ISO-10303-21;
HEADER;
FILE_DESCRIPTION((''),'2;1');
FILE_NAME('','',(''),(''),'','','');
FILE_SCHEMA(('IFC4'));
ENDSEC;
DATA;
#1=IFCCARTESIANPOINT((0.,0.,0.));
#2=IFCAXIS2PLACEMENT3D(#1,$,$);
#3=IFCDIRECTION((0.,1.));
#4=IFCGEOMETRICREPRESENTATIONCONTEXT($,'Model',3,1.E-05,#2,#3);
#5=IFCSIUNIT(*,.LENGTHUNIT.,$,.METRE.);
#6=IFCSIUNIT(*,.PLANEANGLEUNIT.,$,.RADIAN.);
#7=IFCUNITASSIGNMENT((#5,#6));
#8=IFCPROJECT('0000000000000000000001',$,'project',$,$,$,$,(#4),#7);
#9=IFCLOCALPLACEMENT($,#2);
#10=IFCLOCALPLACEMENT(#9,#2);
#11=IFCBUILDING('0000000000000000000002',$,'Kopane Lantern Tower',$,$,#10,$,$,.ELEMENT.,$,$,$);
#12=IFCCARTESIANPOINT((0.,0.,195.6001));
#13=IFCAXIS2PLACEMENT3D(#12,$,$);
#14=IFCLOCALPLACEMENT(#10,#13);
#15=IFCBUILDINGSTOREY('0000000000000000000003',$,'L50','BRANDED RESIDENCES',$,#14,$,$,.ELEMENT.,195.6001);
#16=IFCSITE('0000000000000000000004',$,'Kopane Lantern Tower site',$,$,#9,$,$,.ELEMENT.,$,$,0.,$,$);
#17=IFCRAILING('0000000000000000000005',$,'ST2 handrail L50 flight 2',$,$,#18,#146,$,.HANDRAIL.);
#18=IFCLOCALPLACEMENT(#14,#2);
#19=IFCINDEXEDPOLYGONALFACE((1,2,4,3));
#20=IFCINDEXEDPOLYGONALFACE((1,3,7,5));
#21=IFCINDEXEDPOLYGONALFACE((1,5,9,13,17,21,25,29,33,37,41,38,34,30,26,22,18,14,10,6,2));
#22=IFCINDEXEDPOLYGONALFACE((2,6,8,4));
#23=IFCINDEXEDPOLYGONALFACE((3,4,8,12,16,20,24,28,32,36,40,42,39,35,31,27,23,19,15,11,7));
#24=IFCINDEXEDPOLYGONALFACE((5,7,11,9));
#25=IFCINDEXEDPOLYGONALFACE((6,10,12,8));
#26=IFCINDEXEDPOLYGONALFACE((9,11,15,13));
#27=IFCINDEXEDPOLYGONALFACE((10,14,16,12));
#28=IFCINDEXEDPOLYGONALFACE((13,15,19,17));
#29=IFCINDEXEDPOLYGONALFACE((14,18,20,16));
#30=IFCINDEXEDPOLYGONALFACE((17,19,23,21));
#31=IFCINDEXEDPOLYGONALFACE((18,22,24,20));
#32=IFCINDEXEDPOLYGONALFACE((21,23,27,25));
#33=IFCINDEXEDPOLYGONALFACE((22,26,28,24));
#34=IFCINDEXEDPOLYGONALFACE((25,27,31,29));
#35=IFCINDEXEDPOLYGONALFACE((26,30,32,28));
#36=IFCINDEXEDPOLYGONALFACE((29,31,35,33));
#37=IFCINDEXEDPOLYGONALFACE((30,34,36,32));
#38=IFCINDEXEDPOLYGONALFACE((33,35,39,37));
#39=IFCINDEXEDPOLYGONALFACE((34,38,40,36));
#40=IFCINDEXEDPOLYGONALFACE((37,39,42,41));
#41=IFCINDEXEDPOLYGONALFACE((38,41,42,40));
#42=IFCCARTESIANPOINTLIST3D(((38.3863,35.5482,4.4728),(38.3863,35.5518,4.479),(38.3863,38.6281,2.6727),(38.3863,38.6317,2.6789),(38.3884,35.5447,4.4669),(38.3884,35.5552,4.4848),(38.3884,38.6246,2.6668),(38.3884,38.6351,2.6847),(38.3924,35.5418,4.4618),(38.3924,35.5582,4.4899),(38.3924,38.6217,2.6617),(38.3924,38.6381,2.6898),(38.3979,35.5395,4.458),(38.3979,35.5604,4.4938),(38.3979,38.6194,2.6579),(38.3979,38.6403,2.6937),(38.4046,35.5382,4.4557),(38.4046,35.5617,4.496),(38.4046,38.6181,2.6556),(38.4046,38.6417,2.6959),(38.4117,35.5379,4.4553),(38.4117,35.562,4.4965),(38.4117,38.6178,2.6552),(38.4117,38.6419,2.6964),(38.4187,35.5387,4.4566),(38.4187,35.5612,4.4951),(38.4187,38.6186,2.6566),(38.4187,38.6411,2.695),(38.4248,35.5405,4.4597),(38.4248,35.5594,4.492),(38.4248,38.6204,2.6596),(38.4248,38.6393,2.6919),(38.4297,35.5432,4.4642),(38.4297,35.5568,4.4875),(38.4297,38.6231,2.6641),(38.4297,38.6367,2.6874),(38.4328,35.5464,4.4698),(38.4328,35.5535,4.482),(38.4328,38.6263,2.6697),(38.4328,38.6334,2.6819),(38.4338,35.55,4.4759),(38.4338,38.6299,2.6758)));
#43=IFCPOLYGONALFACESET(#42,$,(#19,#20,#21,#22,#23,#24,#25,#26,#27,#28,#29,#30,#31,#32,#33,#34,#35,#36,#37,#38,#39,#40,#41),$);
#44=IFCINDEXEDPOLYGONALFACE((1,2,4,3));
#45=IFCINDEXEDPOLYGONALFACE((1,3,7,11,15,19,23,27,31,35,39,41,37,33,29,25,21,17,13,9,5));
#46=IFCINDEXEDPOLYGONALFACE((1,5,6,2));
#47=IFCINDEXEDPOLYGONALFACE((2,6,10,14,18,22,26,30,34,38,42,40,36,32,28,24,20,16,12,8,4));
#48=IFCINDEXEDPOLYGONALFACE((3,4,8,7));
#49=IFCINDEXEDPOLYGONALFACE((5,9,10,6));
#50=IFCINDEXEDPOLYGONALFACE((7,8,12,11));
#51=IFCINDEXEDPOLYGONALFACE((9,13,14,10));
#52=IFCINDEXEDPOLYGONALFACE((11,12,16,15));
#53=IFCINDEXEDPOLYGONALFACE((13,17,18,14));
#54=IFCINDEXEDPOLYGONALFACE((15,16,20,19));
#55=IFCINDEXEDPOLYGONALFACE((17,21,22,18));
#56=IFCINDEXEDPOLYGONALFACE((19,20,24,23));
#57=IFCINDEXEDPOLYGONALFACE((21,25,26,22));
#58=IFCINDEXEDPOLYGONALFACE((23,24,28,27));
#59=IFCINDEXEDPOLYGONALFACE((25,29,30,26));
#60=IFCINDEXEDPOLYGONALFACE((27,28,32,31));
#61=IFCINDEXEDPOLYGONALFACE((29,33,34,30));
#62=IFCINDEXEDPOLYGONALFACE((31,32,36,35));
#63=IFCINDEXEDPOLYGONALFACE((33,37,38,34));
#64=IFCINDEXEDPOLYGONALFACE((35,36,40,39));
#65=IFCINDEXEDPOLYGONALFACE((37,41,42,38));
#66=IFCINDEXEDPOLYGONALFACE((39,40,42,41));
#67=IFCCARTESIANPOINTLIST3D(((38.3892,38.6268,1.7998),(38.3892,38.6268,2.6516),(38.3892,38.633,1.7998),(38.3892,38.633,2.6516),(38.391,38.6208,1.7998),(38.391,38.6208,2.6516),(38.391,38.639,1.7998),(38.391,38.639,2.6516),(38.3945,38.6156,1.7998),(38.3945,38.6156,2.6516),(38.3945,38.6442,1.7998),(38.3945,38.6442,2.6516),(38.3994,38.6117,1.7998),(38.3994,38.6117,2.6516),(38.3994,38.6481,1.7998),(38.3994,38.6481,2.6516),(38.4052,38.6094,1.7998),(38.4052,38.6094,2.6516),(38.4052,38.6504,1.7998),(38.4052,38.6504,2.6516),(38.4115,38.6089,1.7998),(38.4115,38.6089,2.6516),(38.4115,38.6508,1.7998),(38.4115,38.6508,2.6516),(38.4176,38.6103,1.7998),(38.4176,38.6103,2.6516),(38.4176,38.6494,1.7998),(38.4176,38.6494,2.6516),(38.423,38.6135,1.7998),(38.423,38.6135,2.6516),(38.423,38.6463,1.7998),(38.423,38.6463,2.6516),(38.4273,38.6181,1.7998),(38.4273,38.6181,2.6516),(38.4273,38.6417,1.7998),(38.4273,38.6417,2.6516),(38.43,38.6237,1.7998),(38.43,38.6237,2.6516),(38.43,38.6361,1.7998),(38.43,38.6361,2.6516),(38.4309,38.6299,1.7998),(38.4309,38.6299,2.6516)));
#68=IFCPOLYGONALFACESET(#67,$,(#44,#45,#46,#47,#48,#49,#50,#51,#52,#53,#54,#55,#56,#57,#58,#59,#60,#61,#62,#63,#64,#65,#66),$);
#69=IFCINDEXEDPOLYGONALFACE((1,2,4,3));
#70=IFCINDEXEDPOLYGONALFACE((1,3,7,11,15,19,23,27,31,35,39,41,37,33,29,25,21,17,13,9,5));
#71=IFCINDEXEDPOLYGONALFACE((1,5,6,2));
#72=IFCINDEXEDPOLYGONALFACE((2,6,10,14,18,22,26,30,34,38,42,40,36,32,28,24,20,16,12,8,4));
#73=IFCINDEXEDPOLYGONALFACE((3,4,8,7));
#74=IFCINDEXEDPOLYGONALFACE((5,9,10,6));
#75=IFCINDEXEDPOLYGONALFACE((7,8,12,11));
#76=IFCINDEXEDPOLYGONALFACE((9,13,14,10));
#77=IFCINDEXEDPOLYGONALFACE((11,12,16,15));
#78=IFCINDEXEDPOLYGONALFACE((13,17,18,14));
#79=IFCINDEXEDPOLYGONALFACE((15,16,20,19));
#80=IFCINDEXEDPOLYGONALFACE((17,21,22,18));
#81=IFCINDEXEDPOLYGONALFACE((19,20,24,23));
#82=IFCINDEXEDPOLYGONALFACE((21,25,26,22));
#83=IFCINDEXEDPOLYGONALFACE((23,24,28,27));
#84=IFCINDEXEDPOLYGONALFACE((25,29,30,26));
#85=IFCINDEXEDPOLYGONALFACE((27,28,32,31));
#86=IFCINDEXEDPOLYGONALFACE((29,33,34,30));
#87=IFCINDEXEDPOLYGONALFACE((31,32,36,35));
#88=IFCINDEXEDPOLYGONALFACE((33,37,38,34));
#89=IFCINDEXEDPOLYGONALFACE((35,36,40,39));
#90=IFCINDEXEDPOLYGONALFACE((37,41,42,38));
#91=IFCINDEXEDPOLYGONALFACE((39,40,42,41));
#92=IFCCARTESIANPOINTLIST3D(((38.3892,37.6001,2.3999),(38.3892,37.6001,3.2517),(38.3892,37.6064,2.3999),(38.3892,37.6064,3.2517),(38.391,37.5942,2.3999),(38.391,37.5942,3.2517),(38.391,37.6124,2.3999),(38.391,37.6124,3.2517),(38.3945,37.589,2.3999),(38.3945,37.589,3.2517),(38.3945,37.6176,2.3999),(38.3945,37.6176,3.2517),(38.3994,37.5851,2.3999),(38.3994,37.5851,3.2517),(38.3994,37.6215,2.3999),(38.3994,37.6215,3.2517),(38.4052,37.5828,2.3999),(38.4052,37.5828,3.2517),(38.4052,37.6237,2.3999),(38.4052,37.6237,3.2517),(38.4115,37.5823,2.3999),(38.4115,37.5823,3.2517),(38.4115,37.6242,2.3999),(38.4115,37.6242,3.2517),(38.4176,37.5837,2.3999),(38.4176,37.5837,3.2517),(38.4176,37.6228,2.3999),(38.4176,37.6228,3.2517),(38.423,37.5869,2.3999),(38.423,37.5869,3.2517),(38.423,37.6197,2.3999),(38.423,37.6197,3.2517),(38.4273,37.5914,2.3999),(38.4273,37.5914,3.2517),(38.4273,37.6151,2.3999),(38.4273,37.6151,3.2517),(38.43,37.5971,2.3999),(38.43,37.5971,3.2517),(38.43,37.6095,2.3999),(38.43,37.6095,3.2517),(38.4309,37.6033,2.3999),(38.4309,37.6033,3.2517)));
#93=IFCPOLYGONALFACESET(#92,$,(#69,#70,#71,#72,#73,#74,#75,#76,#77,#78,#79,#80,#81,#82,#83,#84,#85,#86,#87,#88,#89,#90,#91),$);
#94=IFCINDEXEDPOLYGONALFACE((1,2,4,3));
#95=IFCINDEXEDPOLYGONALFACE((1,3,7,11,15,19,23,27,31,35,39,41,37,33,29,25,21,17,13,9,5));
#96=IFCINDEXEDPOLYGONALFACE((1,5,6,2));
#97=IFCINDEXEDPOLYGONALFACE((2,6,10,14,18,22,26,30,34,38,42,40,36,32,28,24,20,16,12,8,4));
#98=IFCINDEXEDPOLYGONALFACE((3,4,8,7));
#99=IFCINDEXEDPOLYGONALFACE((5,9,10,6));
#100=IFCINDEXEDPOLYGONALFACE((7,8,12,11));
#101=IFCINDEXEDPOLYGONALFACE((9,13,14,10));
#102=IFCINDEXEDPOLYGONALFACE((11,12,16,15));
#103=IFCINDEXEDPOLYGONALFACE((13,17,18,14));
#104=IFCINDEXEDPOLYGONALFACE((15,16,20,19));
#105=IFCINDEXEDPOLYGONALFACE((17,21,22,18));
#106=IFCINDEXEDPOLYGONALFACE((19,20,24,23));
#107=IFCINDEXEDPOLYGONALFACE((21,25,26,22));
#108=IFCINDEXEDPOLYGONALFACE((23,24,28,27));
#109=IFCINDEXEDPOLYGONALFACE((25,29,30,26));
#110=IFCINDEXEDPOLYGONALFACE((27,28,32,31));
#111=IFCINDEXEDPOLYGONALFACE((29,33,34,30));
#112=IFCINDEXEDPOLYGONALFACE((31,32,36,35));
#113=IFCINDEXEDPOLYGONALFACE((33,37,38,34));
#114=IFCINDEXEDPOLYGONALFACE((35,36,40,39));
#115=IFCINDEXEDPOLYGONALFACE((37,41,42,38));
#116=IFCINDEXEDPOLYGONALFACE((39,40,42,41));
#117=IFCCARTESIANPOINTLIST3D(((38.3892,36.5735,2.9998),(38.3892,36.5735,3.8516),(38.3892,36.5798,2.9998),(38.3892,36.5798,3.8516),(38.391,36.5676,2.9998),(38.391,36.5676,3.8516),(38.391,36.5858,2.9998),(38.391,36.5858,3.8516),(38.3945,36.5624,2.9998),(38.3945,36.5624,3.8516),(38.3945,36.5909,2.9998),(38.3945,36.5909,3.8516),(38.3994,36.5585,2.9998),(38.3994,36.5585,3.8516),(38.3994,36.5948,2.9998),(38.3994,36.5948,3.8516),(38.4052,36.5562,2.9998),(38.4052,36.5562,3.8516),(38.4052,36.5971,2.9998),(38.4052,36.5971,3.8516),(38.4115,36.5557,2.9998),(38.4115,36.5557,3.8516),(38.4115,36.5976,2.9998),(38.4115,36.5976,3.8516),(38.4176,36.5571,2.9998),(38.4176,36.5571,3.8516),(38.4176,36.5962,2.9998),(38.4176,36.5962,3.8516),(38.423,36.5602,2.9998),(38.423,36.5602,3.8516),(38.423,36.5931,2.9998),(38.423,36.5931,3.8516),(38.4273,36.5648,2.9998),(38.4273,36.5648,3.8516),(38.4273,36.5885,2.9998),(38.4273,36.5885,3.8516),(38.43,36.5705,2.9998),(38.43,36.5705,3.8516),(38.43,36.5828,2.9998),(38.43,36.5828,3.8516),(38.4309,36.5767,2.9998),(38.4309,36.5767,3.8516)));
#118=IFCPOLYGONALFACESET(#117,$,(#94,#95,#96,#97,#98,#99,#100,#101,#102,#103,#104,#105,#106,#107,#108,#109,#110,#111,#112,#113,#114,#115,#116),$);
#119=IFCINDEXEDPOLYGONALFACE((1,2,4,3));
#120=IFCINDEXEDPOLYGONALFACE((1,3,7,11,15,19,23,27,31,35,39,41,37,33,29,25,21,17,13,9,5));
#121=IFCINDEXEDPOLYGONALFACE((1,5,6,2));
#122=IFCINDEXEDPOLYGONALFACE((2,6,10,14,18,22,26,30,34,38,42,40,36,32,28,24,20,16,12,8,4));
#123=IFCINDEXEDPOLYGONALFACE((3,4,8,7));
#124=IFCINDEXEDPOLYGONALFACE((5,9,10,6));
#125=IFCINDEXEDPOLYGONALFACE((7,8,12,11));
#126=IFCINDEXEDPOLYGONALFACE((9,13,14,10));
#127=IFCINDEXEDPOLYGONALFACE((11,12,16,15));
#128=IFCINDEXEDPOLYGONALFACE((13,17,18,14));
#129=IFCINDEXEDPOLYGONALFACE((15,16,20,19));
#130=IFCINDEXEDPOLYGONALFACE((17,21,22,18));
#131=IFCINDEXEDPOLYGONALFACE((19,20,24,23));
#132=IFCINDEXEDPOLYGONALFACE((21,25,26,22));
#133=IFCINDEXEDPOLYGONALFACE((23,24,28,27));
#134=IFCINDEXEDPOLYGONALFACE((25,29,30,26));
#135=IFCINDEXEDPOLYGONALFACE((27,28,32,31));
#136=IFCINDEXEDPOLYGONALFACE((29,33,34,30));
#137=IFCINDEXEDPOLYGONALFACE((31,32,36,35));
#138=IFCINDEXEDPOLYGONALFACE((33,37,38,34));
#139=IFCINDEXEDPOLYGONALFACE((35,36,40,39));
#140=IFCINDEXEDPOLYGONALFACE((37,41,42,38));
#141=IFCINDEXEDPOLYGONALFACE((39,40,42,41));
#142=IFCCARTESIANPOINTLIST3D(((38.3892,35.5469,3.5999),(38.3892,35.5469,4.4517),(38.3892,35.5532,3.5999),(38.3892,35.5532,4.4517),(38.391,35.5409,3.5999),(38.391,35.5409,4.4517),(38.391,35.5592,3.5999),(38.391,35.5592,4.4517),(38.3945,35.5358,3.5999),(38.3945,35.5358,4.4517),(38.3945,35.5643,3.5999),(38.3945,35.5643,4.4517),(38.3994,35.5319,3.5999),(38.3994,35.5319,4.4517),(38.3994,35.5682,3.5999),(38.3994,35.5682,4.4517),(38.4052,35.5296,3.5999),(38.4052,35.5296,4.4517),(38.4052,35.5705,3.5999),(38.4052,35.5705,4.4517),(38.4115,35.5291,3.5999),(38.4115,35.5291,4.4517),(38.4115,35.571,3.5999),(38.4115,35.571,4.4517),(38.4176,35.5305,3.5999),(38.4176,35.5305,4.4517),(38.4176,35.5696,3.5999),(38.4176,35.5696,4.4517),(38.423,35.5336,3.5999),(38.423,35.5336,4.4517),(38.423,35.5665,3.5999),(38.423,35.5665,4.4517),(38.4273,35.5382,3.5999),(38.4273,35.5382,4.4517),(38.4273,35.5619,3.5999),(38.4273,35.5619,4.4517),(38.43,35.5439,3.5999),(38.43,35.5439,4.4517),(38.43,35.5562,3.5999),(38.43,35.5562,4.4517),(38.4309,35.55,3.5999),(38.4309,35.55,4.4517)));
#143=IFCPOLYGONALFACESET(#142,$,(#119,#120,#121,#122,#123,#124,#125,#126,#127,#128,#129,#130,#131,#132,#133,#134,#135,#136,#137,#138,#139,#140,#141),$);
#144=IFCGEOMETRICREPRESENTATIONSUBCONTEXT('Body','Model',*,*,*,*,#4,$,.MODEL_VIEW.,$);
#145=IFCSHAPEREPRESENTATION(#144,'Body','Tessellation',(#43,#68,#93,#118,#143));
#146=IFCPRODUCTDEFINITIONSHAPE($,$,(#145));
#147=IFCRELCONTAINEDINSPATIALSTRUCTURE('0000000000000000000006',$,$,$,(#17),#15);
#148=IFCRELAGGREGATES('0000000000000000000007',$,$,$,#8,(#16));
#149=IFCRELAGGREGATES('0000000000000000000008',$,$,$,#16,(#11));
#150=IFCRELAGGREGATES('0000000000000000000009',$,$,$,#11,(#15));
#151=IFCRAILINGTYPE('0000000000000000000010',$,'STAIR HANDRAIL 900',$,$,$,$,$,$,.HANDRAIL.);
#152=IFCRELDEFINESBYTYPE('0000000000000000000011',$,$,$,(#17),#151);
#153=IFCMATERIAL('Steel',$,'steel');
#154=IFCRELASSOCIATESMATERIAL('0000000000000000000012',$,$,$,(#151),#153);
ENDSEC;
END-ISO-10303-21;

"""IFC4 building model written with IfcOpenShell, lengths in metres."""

from ifc_helpers import new_model, si_unit, direction, frame, origin, origin_2d, place, context, subcontext, project, spatial, circle, extrude, material, type_object, element, save


model = new_model("IFC4")

# Units and contexts
model_context = context("Model", 3, precision=1e-05, world=origin(), true_north=direction((0.0, 1.0)))
body_context = subcontext(model_context, "Body", "Model", "MODEL_VIEW")
ifc_project = project(units=[si_unit("LENGTHUNIT", "METRE"), si_unit("PLANEANGLEUNIT", "RADIAN")], contexts=[model_context])

# Site, building, storey
site_placement = place(None, origin())
site = spatial("IfcSite", under=ifc_project, at=site_placement, Name="Kopane Lantern Tower site", CompositionType="ELEMENT", RefElevation=0.0)
building_placement = place(site_placement, origin())
building = spatial("IfcBuilding", under=site, at=building_placement, Name="Kopane Lantern Tower", CompositionType="ELEMENT")
storey_placement = place(building_placement, frame((0.0, 0.0, 195.6001)))
storey = spatial("IfcBuildingStorey", under=building, at=storey_placement, Name="L50", Description="BRANDED RESIDENCES", CompositionType="ELEMENT", Elevation=195.6001)

# Railing
ifc_material_1 = material(Name="Steel", Category="steel")
railing_type_1 = type_object("IfcRailingType", Name="STAIR HANDRAIL 900", PredefinedType="HANDRAIL", material=ifc_material_1)
for number, where, name in (
    (1, (38.4099, 38.6299, 1.7998), "ST2 handrail L50 flight 2"),
):
    element("IfcRailing", number, at=place(storey_placement, frame(where)), inside=storey, type_object=railing_type_1, Name=name, PredefinedType="HANDRAIL", context=body_context, shape_type="SweptSolid", body=[
        extrude(circle(Radius=0.0239, at=origin_2d()), frame((0.0, 0.0, 0.876), z_axis=(0.0, -0.863354, 0.504598), x_axis=(1.0, 0.0, 0.0)), (0.0, 0.0, 1.0), 3.5674),
        extrude(circle(Radius=0.021, at=origin_2d()), origin(), (0.0, 0.0, 1.0), 0.8518),
        extrude(circle(Radius=0.021, at=origin_2d()), frame((0.0, -1.0266, 0.6001)), (0.0, 0.0, 1.0), 0.8518),
        extrude(circle(Radius=0.021, at=origin_2d()), frame((0.0, -2.0532, 1.2)), (0.0, 0.0, 1.0), 0.8518),
        extrude(circle(Radius=0.021, at=origin_2d()), frame((0.0, -3.0798, 1.8)), (0.0, 0.0, 1.0), 0.8518),
    ])

save(model, "model.ifc")
